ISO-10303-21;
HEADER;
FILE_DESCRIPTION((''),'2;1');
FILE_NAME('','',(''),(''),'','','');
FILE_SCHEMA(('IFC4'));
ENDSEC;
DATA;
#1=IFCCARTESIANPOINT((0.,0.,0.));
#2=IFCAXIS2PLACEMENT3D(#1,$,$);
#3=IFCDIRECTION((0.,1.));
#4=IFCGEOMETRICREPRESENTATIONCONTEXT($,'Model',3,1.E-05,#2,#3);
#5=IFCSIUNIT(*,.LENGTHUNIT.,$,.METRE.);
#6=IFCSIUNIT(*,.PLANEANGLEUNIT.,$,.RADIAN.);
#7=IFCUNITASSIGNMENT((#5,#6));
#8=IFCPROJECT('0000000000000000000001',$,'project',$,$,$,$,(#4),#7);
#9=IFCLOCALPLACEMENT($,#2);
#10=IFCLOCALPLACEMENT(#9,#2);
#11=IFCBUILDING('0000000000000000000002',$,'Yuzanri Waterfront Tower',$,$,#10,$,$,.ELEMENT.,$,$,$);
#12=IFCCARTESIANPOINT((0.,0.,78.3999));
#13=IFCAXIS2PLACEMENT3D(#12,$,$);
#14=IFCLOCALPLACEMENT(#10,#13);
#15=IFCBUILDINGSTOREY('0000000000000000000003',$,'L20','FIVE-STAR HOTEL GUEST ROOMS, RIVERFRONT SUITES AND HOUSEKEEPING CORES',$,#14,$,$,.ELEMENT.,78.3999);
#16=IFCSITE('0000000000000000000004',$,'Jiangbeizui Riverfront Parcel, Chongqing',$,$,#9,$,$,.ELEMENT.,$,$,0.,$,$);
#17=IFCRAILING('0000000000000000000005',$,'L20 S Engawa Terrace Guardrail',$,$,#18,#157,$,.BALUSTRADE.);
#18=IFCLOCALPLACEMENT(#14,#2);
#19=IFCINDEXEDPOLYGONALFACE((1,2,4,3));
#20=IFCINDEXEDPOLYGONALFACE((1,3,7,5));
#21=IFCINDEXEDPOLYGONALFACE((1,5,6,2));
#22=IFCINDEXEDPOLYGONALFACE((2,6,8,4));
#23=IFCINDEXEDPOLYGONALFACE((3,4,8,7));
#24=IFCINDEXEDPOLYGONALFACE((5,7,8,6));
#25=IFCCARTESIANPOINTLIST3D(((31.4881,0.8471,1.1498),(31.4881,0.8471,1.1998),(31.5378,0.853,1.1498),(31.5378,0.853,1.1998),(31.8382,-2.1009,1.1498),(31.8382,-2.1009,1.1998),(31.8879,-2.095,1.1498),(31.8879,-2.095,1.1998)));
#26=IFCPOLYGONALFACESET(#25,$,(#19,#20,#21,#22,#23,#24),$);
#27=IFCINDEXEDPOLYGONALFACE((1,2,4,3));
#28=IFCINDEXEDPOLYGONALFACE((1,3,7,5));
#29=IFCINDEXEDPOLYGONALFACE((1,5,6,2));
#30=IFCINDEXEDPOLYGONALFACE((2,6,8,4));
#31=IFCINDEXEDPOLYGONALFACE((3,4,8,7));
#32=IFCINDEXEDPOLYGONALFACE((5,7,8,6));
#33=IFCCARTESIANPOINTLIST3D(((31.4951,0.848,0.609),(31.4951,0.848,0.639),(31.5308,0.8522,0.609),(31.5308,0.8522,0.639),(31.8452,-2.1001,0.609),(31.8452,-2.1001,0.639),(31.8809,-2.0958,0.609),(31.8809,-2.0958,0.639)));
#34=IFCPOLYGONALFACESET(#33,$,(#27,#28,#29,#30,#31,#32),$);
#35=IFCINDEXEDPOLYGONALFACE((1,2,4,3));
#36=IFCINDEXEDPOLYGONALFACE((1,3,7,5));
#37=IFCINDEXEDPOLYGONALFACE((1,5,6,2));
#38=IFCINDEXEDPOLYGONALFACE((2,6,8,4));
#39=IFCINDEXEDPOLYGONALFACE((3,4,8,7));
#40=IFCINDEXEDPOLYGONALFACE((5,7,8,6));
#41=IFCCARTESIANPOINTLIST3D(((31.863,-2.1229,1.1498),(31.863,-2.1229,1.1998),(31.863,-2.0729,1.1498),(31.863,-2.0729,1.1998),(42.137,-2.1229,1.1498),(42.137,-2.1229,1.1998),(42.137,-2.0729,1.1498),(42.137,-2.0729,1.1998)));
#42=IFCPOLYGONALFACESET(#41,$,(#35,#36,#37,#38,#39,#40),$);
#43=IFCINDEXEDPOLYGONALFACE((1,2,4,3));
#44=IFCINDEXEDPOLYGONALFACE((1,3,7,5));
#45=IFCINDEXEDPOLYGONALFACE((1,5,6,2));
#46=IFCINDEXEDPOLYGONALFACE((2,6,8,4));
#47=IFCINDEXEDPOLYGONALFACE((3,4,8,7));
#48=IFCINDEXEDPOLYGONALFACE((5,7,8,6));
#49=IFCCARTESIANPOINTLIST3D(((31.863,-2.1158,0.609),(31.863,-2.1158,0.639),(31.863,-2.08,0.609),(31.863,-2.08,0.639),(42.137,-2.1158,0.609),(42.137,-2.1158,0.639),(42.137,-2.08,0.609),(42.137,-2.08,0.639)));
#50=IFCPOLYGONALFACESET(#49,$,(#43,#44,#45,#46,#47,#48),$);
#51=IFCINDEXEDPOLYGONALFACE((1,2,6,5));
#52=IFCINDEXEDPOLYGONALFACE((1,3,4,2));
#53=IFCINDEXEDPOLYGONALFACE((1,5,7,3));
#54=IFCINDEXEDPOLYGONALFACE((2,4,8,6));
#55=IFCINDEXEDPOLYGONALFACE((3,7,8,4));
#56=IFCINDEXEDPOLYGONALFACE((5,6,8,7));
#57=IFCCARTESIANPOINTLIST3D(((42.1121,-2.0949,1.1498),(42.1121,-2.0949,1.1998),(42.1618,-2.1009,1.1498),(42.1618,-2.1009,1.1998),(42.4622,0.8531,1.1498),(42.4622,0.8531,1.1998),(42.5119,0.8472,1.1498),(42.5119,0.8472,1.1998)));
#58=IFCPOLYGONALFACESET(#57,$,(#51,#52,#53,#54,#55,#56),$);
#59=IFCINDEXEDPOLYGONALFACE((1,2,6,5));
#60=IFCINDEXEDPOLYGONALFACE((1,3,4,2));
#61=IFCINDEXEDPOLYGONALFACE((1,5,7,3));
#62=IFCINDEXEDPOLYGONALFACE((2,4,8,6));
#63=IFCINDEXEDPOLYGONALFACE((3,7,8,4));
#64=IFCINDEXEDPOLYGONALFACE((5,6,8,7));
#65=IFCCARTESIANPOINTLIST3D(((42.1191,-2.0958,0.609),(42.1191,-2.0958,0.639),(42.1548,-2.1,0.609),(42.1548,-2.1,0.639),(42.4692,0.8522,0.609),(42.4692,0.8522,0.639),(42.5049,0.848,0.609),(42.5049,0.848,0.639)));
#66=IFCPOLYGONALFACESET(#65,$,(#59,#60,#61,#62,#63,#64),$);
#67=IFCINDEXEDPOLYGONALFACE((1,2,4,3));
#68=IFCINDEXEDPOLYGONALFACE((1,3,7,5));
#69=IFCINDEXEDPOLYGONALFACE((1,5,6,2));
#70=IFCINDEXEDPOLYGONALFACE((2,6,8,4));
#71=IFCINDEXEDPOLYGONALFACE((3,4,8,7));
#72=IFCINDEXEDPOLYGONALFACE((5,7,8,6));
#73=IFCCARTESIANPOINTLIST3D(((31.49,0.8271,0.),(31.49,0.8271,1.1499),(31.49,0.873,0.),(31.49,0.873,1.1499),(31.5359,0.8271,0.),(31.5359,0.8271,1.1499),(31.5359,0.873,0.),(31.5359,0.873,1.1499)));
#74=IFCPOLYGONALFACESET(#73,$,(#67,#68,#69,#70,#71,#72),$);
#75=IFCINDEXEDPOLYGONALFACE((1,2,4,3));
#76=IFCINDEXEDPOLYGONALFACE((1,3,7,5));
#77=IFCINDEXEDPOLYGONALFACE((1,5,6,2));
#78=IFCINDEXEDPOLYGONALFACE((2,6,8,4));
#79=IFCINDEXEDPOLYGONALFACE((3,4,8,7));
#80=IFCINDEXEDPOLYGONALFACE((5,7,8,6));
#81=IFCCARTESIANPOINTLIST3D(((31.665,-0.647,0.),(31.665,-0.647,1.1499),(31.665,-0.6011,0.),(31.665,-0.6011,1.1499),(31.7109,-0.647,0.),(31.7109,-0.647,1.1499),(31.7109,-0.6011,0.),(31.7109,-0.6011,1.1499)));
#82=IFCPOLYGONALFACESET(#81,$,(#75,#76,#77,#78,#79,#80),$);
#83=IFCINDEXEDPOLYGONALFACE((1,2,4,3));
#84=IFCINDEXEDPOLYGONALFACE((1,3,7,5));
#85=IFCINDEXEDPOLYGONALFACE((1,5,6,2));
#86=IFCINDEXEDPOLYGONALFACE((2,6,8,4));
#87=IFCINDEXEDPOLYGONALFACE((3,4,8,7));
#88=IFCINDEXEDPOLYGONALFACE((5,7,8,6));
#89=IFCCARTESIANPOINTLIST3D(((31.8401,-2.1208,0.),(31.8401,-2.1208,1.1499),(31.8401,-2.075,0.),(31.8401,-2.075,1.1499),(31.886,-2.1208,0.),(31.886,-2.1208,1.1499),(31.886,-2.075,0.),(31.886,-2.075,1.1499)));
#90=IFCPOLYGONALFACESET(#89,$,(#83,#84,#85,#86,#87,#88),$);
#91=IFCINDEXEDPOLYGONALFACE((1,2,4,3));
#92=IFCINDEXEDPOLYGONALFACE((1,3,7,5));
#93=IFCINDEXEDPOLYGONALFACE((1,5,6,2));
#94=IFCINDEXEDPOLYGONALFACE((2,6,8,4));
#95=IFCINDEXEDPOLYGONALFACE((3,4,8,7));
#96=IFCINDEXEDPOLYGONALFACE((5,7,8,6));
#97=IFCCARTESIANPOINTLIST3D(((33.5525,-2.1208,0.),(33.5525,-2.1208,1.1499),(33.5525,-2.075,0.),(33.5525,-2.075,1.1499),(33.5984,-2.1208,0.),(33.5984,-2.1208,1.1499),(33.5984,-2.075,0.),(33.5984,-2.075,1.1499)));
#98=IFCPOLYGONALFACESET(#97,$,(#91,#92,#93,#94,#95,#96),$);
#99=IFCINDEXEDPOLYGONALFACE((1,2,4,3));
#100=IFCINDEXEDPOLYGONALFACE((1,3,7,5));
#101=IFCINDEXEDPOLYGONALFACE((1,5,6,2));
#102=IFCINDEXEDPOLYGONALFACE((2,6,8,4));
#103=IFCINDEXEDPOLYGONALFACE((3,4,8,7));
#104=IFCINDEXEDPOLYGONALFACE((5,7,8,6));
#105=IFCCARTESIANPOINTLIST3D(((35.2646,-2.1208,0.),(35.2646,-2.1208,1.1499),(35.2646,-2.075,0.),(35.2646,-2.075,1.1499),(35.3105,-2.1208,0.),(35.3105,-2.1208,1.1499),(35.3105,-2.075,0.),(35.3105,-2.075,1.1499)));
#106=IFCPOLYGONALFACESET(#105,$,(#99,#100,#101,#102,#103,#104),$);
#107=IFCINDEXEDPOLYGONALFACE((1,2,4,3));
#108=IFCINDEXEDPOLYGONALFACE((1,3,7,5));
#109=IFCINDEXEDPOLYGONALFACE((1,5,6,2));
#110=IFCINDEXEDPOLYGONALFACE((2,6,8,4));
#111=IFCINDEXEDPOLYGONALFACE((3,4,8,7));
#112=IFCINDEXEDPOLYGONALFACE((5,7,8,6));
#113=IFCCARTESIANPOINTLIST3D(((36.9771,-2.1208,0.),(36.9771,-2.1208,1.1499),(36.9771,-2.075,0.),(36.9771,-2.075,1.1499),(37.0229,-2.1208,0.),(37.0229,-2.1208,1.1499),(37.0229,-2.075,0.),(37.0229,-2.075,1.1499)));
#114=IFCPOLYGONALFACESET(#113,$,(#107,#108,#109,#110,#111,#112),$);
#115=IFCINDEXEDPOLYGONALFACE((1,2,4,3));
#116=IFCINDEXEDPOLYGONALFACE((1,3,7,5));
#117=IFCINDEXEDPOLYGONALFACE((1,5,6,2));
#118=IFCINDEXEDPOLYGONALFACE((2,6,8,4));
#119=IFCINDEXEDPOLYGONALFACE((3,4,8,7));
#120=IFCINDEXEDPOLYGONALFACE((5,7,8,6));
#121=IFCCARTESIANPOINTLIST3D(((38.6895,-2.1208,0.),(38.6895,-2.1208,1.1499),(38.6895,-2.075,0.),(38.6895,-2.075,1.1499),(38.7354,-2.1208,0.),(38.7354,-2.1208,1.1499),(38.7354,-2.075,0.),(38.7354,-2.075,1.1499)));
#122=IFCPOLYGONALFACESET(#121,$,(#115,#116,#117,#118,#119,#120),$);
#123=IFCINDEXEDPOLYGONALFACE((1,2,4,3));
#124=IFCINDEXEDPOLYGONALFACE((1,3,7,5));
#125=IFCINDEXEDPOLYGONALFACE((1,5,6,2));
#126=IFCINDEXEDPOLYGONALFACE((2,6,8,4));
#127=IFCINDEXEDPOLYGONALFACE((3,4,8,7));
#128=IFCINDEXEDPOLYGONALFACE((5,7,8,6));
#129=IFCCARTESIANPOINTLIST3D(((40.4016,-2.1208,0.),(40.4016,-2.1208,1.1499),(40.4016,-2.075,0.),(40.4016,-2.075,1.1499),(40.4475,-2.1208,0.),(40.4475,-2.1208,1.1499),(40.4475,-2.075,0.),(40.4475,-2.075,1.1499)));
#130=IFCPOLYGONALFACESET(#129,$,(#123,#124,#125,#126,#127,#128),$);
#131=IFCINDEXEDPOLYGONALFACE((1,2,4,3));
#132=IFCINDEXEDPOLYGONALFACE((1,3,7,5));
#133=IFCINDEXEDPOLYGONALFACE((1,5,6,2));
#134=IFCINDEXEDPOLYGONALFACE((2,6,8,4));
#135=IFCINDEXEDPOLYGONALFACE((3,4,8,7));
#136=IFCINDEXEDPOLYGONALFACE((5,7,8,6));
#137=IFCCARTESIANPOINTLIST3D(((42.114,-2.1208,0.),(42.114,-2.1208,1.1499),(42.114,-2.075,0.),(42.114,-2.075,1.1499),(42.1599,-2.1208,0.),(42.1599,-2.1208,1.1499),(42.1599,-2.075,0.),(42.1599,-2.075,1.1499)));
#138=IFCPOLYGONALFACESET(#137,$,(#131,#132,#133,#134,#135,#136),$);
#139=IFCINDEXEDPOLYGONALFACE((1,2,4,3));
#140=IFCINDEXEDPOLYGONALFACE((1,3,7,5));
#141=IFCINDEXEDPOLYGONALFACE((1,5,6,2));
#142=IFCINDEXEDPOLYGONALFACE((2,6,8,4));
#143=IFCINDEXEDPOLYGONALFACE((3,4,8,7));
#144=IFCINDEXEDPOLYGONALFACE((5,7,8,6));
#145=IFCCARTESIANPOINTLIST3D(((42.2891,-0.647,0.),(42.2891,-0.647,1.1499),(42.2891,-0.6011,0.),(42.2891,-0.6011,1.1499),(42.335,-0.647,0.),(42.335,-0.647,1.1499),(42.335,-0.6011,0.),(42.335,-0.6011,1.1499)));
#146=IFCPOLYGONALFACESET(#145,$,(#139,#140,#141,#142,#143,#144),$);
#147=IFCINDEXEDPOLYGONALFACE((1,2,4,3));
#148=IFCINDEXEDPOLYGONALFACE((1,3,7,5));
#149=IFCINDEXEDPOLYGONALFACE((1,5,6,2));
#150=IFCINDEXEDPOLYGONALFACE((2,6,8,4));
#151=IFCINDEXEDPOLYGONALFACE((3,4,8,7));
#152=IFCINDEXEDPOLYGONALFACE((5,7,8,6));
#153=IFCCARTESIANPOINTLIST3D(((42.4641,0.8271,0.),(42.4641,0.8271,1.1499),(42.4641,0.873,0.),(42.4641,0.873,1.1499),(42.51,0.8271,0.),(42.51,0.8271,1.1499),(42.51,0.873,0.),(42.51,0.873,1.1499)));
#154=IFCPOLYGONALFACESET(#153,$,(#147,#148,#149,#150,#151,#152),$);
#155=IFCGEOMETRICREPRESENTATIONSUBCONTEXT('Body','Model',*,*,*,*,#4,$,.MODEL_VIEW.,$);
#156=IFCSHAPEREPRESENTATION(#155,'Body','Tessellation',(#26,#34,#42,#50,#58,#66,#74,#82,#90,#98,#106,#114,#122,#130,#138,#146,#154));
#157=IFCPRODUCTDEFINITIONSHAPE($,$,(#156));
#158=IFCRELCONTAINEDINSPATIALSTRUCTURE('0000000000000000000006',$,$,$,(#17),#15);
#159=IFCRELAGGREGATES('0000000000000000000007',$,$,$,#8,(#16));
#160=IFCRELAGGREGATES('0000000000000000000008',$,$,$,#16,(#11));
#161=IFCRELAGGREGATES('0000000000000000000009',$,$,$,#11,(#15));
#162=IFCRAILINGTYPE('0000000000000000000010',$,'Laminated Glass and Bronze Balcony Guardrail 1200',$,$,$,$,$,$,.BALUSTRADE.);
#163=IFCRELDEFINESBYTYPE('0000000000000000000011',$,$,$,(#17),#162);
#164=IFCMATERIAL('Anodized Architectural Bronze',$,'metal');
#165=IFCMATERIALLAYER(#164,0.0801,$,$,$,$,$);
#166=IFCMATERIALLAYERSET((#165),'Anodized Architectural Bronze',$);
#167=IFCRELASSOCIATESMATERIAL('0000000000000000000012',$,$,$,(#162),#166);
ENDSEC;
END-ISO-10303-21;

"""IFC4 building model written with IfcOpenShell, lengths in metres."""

from ifc_helpers import new_model, si_unit, direction, frame, origin, origin_2d, place, context, subcontext, project, spatial, rectangle, extrude, source, transform, mapped, material, layer, layer_set, type_object, element, save


model = new_model("IFC4")

# Units and contexts
model_context = context("Model", 3, precision=1e-05, world=origin(), true_north=direction((0.0, 1.0)))
body_context = subcontext(model_context, "Body", "Model", "MODEL_VIEW")
ifc_project = project(units=[si_unit("LENGTHUNIT", "METRE"), si_unit("PLANEANGLEUNIT", "RADIAN")], contexts=[model_context])

# Site, building, storey
site_placement = place(None, origin())
site = spatial("IfcSite", under=ifc_project, at=site_placement, Name="Jiangbeizui Riverfront Parcel, Chongqing", CompositionType="ELEMENT", RefElevation=0.0)
building_placement = place(site_placement, origin())
building = spatial("IfcBuilding", under=site, at=building_placement, Name="Yuzanri Waterfront Tower", CompositionType="ELEMENT")
storey_placement = place(building_placement, frame((0.0, 0.0, 78.3999)))
storey = spatial("IfcBuildingStorey", under=building, at=storey_placement, Name="L20", Description="FIVE-STAR HOTEL GUEST ROOMS, RIVERFRONT SUITES AND HOUSEKEEPING CORES", CompositionType="ELEMENT", Elevation=78.3999)

# Railing
ifc_material_1 = material(Name="Anodized Architectural Bronze", Category="metal")
ifc_layer_1 = layer(ifc_material_1, 0.0801)
ifc_layer_set_1 = layer_set([ifc_layer_1], Name="Anodized Architectural Bronze")
railing_type = type_object("IfcRailingType", Name="Laminated Glass and Bronze Balcony Guardrail 1200", PredefinedType="BALUSTRADE", material=ifc_layer_set_1)
shared_shape_1 = source(origin(), body_context, "Body", "SweptSolid", [
    extrude(rectangle(XDim=0.05, YDim=0.05, at=origin_2d()), frame((0.0, 0.0, 1.1748), z_axis=(0.117929, -0.993022, 0.0), x_axis=(0.993022, 0.117929, 0.0)), (0.0, 0.0, 1.0), 2.9688),
    extrude(rectangle(XDim=0.0359, YDim=0.03, at=origin_2d()), frame((0.0, 0.0, 0.624), z_axis=(0.117929, -0.993022, 0.0), x_axis=(0.993022, 0.117929, 0.0)), (0.0, 0.0, 1.0), 2.9688),
    extrude(rectangle(XDim=0.05, YDim=0.05, at=origin_2d()), frame((0.3501, -2.948, 1.1748), z_axis=(1.0, 0.0, 0.0), x_axis=(0.0, 1.0, 0.0)), (0.0, 0.0, 1.0), 10.2739),
    extrude(rectangle(XDim=0.0359, YDim=0.03, at=origin_2d()), frame((0.3501, -2.948, 0.624), z_axis=(1.0, 0.0, 0.0), x_axis=(0.0, 1.0, 0.0)), (0.0, 0.0, 1.0), 10.2739),
    extrude(rectangle(XDim=0.05, YDim=0.05, at=origin_2d()), frame((10.624, -2.948, 1.1748), z_axis=(0.117929, 0.993022, 0.0), x_axis=(-0.993022, 0.117929, 0.0)), (0.0, 0.0, 1.0), 2.9688),
    extrude(rectangle(XDim=0.0359, YDim=0.03, at=origin_2d()), frame((10.624, -2.948, 0.624), z_axis=(0.117929, 0.993022, 0.0), x_axis=(-0.993022, 0.117929, 0.0)), (0.0, 0.0, 1.0), 2.9688),
    extrude(rectangle(XDim=0.0459, YDim=0.0459, at=origin_2d()), origin(), (0.0, 0.0, 1.0), 1.1499),
    extrude(rectangle(XDim=0.0459, YDim=0.0459, at=origin_2d()), frame((0.175, -1.4741, 0.0)), (0.0, 0.0, 1.0), 1.1499),
    extrude(rectangle(XDim=0.0459, YDim=0.0459, at=origin_2d()), frame((0.3501, -2.948, 0.0)), (0.0, 0.0, 1.0), 1.1499),
    extrude(rectangle(XDim=0.0459, YDim=0.0459, at=origin_2d()), frame((2.0625, -2.948, 0.0)), (0.0, 0.0, 1.0), 1.1499),
    extrude(rectangle(XDim=0.0459, YDim=0.0459, at=origin_2d()), frame((3.7747, -2.948, 0.0)), (0.0, 0.0, 1.0), 1.1499),
    extrude(rectangle(XDim=0.0459, YDim=0.0459, at=origin_2d()), frame((5.4871, -2.948, 0.0)), (0.0, 0.0, 1.0), 1.1499),
    extrude(rectangle(XDim=0.0459, YDim=0.0459, at=origin_2d()), frame((7.1995, -2.948, 0.0)), (0.0, 0.0, 1.0), 1.1499),
    extrude(rectangle(XDim=0.0459, YDim=0.0459, at=origin_2d()), frame((8.9116, -2.948, 0.0)), (0.0, 0.0, 1.0), 1.1499),
    extrude(rectangle(XDim=0.0459, YDim=0.0459, at=origin_2d()), frame((10.624, -2.948, 0.0)), (0.0, 0.0, 1.0), 1.1499),
    extrude(rectangle(XDim=0.0459, YDim=0.0459, at=origin_2d()), frame((10.7991, -1.4741, 0.0)), (0.0, 0.0, 1.0), 1.1499),
    extrude(rectangle(XDim=0.0459, YDim=0.0459, at=origin_2d()), frame((10.9741, 0.0, 0.0)), (0.0, 0.0, 1.0), 1.1499),
])
railing_placement = place(storey_placement, frame((31.5129, 0.8501, 0.0)))
element("IfcRailing", 1, at=railing_placement, inside=storey, type_object=railing_type, Name="L20 S Engawa Terrace Guardrail", PredefinedType="BALUSTRADE", context=body_context, shape_type="MappedRepresentation", body=[
    mapped(shared_shape_1, transform((0.0, 0.0, 0.0), scale=1.0)),
])

save(model, "model.ifc")
